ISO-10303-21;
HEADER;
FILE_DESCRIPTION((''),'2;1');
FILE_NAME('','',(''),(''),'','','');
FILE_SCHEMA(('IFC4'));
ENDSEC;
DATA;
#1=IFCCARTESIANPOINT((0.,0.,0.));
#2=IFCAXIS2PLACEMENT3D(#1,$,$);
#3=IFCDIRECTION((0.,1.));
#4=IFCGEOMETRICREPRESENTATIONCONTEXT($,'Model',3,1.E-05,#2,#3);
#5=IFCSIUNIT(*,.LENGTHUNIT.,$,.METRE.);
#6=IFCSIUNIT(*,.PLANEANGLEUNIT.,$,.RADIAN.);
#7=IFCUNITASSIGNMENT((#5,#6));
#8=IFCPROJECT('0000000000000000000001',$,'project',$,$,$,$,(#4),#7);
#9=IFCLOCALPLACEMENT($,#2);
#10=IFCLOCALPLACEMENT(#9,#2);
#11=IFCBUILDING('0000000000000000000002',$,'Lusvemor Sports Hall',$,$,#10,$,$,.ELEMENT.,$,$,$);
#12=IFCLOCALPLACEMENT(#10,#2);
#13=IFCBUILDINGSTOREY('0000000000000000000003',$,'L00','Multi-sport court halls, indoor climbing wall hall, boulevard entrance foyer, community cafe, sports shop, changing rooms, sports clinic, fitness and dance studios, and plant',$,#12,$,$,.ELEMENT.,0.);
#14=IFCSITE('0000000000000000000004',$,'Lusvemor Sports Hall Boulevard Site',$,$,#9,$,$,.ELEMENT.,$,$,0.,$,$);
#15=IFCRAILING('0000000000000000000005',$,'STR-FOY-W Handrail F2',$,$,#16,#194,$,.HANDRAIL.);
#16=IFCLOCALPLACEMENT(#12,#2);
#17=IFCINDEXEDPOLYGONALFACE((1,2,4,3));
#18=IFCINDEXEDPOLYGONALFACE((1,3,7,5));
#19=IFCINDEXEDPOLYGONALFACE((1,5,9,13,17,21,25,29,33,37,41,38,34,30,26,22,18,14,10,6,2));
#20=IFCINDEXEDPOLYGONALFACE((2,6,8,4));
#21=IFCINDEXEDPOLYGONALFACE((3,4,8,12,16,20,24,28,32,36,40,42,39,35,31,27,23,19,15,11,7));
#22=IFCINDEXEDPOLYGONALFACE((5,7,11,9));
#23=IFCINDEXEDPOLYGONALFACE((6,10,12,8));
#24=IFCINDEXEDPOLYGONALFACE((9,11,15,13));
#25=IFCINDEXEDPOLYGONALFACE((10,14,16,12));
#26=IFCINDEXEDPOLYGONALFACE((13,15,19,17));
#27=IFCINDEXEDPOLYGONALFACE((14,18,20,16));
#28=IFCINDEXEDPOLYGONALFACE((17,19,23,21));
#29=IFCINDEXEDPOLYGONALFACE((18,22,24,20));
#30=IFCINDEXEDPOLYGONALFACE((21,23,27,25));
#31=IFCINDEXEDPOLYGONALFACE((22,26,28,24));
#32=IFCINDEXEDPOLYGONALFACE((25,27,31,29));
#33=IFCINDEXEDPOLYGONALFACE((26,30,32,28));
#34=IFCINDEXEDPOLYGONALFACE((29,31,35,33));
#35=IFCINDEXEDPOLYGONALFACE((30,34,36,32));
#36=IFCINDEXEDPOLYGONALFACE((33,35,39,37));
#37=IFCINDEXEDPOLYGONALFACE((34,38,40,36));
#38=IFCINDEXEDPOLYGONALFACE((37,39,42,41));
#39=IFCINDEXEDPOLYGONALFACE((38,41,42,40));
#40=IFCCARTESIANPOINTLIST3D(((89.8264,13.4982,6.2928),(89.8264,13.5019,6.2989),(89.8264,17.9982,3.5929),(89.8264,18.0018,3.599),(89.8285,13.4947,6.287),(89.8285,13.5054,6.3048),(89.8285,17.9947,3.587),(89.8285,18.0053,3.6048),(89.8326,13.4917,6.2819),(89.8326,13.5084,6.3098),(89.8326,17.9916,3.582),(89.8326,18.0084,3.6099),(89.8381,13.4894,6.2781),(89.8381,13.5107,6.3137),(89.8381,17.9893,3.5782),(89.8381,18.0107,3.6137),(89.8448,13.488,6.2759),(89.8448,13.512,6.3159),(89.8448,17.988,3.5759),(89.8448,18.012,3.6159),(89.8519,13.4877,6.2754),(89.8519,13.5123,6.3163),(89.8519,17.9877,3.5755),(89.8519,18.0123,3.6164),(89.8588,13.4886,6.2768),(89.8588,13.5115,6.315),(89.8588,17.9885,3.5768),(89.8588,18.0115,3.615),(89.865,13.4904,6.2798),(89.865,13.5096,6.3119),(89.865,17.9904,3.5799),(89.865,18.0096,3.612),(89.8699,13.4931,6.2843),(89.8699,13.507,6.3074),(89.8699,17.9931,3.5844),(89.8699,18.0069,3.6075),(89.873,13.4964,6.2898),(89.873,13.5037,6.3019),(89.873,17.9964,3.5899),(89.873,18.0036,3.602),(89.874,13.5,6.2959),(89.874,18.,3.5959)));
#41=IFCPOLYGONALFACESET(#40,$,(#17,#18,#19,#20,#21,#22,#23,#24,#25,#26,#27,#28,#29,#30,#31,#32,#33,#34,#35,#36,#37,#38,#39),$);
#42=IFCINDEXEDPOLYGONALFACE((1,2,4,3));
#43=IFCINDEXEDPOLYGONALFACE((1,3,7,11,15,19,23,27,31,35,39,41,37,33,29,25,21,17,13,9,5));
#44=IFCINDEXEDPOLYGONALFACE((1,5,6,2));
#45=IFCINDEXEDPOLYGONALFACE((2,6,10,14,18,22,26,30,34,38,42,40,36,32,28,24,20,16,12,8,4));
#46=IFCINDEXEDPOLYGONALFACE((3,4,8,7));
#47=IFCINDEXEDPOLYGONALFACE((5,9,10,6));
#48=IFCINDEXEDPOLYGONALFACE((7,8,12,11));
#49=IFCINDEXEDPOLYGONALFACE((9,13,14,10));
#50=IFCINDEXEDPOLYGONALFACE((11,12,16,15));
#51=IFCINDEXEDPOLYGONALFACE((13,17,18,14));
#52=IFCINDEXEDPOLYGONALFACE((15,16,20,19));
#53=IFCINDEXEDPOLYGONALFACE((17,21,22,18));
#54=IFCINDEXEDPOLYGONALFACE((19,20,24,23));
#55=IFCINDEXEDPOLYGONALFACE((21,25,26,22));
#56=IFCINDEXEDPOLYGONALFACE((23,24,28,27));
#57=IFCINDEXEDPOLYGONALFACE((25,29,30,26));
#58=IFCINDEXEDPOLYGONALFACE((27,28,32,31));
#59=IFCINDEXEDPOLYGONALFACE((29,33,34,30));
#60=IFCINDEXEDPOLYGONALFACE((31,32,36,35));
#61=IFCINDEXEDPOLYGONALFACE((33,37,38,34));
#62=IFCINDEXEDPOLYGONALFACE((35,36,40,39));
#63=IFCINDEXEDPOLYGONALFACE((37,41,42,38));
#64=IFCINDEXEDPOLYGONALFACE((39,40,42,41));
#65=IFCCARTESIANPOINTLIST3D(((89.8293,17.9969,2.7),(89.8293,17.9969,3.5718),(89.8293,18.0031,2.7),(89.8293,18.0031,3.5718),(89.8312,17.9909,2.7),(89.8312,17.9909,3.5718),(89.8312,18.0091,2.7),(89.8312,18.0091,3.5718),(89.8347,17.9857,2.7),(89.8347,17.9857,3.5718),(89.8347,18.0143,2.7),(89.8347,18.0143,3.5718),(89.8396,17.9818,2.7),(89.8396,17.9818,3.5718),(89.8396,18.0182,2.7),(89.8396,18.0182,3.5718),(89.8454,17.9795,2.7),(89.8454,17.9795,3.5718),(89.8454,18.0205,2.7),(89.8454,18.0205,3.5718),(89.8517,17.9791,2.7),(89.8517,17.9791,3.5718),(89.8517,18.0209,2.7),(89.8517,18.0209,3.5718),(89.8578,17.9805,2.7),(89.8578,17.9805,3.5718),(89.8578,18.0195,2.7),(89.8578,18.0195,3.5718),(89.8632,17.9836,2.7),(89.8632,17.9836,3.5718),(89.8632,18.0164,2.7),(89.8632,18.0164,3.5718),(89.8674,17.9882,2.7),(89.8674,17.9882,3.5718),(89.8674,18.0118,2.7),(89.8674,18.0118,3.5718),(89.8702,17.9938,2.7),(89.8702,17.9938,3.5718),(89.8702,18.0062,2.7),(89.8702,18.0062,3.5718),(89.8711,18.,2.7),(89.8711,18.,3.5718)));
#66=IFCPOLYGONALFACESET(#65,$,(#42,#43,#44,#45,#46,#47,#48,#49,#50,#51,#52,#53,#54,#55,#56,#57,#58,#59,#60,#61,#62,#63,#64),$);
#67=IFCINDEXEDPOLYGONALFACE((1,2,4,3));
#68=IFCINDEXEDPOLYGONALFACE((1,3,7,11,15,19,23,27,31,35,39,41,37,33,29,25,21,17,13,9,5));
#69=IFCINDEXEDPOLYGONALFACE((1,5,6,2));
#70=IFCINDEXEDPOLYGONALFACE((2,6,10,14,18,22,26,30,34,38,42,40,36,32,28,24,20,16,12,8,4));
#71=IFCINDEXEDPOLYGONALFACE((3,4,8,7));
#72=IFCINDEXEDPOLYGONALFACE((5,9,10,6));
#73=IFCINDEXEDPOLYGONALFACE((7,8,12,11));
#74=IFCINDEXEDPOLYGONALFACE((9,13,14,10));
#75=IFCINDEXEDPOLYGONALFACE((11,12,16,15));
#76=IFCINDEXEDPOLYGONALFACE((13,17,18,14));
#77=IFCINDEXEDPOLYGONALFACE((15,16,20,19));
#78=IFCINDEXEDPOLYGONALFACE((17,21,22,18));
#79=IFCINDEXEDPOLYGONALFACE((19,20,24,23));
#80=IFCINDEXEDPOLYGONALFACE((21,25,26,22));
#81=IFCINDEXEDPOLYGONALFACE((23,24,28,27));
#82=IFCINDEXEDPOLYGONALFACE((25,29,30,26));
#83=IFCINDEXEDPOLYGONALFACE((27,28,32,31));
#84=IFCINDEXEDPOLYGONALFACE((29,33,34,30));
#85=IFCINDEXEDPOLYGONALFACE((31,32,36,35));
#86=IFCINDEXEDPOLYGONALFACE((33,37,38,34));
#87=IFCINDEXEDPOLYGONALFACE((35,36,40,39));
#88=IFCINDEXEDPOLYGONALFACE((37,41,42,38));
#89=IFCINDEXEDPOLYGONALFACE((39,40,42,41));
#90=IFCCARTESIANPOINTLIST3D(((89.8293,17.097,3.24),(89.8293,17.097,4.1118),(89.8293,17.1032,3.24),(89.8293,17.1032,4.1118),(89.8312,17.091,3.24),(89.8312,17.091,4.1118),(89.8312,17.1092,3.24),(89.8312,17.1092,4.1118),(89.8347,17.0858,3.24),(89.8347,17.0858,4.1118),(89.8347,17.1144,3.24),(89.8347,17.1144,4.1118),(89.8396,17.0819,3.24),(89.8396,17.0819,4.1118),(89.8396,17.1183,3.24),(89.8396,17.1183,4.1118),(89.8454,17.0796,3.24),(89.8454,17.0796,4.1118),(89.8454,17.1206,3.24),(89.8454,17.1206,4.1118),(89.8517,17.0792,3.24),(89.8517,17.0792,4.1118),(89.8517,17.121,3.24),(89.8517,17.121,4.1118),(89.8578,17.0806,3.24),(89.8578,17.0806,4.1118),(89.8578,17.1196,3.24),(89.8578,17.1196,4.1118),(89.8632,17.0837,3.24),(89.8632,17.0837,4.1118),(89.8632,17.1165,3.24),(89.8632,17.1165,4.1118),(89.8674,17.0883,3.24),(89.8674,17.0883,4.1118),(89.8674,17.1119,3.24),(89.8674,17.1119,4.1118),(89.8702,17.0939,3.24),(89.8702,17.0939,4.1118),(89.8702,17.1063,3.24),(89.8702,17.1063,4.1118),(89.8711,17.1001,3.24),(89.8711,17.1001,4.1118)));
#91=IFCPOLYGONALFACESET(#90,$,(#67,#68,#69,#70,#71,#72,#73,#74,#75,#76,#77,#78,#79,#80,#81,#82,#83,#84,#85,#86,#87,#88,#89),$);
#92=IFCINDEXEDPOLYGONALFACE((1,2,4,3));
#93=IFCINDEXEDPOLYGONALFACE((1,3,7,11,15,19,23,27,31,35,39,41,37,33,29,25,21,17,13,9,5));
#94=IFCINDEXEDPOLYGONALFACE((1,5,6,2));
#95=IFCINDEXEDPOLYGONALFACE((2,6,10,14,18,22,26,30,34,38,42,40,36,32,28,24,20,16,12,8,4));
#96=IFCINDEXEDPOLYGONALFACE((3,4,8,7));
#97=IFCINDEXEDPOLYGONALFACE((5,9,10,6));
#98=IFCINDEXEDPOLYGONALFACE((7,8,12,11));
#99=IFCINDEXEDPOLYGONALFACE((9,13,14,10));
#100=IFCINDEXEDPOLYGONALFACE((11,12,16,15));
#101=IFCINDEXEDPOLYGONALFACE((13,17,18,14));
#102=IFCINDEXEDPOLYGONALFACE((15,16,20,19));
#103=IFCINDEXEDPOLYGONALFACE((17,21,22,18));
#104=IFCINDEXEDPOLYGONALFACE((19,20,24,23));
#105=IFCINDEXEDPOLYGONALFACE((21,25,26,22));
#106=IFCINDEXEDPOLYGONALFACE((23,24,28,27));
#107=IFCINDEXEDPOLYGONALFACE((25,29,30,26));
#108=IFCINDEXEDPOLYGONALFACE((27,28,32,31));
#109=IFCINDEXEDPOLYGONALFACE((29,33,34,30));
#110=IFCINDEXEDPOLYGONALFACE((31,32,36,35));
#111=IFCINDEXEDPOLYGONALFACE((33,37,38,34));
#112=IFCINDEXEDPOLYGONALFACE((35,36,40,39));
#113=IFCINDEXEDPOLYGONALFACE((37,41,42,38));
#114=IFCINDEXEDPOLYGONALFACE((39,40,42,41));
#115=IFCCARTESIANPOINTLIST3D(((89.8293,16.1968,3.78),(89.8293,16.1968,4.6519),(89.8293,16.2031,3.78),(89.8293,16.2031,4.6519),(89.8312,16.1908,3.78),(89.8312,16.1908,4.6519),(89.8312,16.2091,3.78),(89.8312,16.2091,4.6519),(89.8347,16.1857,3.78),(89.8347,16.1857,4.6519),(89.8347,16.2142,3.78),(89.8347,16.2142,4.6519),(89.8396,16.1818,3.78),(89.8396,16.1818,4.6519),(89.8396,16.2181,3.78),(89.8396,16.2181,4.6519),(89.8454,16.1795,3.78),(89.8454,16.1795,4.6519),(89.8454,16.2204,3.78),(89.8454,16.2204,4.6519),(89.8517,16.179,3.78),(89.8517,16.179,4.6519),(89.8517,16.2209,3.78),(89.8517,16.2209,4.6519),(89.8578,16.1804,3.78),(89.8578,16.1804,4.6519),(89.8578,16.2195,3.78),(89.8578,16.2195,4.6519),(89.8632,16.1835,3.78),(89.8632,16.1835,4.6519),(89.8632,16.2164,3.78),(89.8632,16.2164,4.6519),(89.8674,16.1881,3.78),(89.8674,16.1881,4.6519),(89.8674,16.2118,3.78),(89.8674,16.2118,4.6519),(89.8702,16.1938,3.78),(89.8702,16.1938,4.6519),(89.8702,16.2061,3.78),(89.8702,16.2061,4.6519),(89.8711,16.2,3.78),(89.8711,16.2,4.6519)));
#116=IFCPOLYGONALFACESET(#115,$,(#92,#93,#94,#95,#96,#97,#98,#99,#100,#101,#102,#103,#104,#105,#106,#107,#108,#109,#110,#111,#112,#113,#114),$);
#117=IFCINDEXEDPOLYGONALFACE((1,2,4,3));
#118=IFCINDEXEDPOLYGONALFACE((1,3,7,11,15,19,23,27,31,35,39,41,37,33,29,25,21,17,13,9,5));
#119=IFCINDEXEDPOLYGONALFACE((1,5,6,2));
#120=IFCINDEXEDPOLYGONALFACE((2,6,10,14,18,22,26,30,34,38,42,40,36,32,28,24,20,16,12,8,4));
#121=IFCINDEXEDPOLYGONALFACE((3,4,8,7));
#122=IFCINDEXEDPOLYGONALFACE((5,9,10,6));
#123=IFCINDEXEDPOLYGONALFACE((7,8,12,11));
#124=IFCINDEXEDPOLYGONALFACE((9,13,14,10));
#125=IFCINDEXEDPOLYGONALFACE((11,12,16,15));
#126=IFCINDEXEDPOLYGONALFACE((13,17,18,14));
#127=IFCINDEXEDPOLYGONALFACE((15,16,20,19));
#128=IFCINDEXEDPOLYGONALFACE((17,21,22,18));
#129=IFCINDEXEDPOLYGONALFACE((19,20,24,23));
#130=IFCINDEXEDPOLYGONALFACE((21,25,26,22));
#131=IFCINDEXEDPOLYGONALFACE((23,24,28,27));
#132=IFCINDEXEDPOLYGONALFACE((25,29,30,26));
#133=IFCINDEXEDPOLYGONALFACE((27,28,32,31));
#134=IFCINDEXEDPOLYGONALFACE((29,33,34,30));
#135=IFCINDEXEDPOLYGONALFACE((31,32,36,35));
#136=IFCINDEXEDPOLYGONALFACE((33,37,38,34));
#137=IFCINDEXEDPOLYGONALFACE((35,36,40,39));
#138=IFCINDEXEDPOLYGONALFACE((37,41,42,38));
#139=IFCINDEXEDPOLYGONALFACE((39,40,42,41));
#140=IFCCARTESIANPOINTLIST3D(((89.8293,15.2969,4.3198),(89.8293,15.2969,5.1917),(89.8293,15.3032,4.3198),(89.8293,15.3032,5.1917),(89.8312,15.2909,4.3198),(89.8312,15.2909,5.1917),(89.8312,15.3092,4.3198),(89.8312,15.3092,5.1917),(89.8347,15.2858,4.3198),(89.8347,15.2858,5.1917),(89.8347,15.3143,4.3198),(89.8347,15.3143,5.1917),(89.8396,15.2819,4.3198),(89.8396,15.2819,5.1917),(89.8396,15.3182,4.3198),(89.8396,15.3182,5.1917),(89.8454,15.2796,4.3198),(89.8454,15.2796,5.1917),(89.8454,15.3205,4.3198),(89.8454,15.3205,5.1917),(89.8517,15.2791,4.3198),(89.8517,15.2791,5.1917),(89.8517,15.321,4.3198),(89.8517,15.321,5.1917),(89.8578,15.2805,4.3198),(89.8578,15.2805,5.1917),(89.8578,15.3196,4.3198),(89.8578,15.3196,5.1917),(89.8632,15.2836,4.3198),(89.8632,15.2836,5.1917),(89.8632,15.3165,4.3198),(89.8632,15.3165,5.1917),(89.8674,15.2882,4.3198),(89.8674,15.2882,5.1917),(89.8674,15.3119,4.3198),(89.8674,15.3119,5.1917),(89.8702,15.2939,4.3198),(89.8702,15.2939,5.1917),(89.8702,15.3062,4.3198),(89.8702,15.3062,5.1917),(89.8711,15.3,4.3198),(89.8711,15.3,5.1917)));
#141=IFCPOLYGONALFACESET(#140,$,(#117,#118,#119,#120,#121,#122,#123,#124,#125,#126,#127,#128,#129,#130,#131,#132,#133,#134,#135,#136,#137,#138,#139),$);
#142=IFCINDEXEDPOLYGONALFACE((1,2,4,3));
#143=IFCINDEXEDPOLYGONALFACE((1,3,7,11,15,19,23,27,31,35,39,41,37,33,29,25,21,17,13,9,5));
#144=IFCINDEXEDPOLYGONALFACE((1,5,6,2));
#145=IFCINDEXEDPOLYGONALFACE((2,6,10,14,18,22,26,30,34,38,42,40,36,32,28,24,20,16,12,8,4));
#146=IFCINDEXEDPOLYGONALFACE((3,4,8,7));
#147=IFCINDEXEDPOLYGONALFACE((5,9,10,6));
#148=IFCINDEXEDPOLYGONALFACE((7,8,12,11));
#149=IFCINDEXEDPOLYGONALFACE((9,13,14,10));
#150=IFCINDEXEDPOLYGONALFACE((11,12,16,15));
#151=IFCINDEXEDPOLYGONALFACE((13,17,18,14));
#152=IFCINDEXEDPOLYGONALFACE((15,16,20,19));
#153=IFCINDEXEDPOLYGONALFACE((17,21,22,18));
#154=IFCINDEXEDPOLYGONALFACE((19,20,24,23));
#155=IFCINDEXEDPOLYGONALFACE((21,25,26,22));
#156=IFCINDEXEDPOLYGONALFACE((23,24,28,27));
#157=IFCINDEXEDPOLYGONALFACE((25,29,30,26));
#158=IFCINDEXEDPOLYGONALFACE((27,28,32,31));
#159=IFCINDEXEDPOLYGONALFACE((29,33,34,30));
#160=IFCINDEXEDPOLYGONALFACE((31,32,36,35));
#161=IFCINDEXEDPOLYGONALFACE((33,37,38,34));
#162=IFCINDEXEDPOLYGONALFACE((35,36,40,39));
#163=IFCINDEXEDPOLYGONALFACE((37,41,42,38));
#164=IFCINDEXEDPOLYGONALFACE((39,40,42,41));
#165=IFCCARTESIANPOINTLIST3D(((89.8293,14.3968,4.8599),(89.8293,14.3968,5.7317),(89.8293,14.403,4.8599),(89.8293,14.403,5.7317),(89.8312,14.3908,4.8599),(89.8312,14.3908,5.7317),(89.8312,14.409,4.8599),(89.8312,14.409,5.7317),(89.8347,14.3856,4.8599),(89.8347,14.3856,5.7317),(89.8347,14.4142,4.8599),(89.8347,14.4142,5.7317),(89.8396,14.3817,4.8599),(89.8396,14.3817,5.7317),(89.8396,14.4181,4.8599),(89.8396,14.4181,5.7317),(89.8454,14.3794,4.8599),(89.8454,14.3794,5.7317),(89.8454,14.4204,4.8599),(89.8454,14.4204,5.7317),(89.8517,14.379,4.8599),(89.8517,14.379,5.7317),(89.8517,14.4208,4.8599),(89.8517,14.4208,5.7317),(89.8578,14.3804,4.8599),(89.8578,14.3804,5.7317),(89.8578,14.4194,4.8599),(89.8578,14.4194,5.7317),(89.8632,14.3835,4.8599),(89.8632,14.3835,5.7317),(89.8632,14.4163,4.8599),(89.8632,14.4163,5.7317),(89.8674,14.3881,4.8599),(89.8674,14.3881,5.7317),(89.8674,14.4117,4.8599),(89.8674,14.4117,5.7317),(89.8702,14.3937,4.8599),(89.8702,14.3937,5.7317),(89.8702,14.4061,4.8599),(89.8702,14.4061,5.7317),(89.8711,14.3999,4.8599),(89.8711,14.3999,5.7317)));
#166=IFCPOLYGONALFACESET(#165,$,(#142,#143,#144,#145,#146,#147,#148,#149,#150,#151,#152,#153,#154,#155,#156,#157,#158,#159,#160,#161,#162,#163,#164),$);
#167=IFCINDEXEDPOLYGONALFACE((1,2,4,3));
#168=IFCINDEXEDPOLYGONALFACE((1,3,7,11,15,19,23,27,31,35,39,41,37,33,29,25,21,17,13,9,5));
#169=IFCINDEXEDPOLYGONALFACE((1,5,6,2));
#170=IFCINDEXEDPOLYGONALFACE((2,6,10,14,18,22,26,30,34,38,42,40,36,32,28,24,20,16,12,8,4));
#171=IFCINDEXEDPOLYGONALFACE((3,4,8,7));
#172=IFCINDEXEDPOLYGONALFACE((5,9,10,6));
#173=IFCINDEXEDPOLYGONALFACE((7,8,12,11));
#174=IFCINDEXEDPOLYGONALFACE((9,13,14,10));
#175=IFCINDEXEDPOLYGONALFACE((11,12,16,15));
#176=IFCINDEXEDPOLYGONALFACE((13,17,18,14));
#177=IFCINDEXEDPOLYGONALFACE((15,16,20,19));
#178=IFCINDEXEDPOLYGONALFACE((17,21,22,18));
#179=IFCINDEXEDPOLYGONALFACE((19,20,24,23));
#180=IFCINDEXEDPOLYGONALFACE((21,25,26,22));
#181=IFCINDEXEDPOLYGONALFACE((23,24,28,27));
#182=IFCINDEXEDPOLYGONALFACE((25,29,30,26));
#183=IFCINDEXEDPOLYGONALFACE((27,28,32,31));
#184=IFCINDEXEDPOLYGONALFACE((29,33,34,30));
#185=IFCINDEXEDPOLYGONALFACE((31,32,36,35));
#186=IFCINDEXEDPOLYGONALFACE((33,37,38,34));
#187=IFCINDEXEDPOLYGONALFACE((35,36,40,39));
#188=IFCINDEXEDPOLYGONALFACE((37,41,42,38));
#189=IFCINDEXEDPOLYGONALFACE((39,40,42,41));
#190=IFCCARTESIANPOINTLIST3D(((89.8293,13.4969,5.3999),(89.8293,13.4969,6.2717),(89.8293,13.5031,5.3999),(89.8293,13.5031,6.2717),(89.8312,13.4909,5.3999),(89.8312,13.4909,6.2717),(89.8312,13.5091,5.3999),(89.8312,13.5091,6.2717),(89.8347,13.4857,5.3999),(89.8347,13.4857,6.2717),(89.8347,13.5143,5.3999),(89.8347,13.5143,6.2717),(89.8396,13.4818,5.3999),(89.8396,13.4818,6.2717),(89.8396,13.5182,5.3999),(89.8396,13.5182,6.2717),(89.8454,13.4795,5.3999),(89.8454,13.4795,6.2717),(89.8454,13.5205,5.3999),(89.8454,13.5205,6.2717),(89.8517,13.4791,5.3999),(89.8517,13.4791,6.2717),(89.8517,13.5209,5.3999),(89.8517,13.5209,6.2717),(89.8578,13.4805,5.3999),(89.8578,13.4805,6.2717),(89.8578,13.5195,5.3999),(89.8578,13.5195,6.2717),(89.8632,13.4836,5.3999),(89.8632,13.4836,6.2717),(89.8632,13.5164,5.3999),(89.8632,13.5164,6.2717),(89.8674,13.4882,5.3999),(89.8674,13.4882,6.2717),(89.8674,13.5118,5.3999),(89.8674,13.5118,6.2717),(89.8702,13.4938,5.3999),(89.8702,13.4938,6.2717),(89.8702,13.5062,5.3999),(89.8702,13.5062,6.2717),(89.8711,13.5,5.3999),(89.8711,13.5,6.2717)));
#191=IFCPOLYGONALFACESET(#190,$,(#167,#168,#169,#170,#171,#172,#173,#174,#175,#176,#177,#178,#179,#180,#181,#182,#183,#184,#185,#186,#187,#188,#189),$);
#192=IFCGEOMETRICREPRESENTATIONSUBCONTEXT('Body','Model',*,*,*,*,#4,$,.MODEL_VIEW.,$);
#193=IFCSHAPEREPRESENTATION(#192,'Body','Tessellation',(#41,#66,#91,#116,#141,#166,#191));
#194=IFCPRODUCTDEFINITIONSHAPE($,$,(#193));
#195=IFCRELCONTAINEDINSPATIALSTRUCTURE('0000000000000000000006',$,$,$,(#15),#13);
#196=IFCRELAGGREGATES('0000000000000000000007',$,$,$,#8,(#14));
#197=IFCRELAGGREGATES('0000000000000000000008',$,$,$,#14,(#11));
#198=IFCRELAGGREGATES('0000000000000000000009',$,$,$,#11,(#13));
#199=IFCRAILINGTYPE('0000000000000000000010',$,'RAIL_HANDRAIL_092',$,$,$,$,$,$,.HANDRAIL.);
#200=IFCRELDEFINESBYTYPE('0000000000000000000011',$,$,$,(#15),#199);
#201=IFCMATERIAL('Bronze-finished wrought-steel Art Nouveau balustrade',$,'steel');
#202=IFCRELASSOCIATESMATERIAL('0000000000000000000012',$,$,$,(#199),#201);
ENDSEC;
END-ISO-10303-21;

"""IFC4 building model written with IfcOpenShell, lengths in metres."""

from ifc_helpers import new_model, si_unit, direction, frame, origin, origin_2d, place, context, subcontext, project, spatial, circle, extrude, material, type_object, element, save


model = new_model("IFC4")

# Units and contexts
model_context = context("Model", 3, precision=1e-05, world=origin(), true_north=direction((0.0, 1.0)))
body_context = subcontext(model_context, "Body", "Model", "MODEL_VIEW")
ifc_project = project(units=[si_unit("LENGTHUNIT", "METRE"), si_unit("PLANEANGLEUNIT", "RADIAN")], contexts=[model_context])

# Site, building, storey
site_placement = place(None, origin())
site = spatial("IfcSite", under=ifc_project, at=site_placement, Name="Lusvemor Sports Hall Boulevard Site", CompositionType="ELEMENT", RefElevation=0.0)
building_placement = place(site_placement, origin())
building = spatial("IfcBuilding", under=site, at=building_placement, Name="Lusvemor Sports Hall", CompositionType="ELEMENT")
storey_placement = place(building_placement, origin())
storey = spatial("IfcBuildingStorey", under=building, at=storey_placement, Name="L00", Description="Multi-sport court halls, indoor climbing wall hall, boulevard entrance foyer, community cafe, sports shop, changing rooms, sports clinic, fitness and dance studios, and plant", CompositionType="ELEMENT", Elevation=0.0)

# Railing
ifc_material_1 = material(Name="Bronze-finished wrought-steel Art Nouveau balustrade", Category="steel")
railing_type_1 = type_object("IfcRailingType", Name="RAIL_HANDRAIL_092", PredefinedType="HANDRAIL", material=ifc_material_1)
railing_1_placement = place(storey_placement, frame((89.8501, 18.0, 2.7)))
element("IfcRailing", 1, at=railing_1_placement, inside=storey, type_object=railing_type_1, Name="STR-FOY-W Handrail F2", PredefinedType="HANDRAIL", context=body_context, shape_type="SweptSolid", body=[
    extrude(circle(Radius=0.0239, at=origin_2d()), frame((0.0, 0.0, 0.896), z_axis=(0.0, -0.857497, 0.514489), x_axis=(1.0, 0.0, 0.0)), (0.0, 0.0, 1.0), 5.2478),
    extrude(circle(Radius=0.021, at=origin_2d()), origin(), (0.0, 0.0, 1.0), 0.8718),
    extrude(circle(Radius=0.021, at=origin_2d()), frame((0.0, -0.8999, 0.54)), (0.0, 0.0, 1.0), 0.8718),
    extrude(circle(Radius=0.021, at=origin_2d()), frame((0.0, -1.8, 1.0801)), (0.0, 0.0, 1.0), 0.8718),
    extrude(circle(Radius=0.021, at=origin_2d()), frame((0.0, -2.7, 1.6199)), (0.0, 0.0, 1.0), 0.8718),
    extrude(circle(Radius=0.021, at=origin_2d()), frame((0.0, -3.6001, 2.1599)), (0.0, 0.0, 1.0), 0.8718),
    extrude(circle(Radius=0.021, at=origin_2d()), frame((0.0, -4.5, 2.7)), (0.0, 0.0, 1.0), 0.8718),
])

save(model, "model.ifc")
